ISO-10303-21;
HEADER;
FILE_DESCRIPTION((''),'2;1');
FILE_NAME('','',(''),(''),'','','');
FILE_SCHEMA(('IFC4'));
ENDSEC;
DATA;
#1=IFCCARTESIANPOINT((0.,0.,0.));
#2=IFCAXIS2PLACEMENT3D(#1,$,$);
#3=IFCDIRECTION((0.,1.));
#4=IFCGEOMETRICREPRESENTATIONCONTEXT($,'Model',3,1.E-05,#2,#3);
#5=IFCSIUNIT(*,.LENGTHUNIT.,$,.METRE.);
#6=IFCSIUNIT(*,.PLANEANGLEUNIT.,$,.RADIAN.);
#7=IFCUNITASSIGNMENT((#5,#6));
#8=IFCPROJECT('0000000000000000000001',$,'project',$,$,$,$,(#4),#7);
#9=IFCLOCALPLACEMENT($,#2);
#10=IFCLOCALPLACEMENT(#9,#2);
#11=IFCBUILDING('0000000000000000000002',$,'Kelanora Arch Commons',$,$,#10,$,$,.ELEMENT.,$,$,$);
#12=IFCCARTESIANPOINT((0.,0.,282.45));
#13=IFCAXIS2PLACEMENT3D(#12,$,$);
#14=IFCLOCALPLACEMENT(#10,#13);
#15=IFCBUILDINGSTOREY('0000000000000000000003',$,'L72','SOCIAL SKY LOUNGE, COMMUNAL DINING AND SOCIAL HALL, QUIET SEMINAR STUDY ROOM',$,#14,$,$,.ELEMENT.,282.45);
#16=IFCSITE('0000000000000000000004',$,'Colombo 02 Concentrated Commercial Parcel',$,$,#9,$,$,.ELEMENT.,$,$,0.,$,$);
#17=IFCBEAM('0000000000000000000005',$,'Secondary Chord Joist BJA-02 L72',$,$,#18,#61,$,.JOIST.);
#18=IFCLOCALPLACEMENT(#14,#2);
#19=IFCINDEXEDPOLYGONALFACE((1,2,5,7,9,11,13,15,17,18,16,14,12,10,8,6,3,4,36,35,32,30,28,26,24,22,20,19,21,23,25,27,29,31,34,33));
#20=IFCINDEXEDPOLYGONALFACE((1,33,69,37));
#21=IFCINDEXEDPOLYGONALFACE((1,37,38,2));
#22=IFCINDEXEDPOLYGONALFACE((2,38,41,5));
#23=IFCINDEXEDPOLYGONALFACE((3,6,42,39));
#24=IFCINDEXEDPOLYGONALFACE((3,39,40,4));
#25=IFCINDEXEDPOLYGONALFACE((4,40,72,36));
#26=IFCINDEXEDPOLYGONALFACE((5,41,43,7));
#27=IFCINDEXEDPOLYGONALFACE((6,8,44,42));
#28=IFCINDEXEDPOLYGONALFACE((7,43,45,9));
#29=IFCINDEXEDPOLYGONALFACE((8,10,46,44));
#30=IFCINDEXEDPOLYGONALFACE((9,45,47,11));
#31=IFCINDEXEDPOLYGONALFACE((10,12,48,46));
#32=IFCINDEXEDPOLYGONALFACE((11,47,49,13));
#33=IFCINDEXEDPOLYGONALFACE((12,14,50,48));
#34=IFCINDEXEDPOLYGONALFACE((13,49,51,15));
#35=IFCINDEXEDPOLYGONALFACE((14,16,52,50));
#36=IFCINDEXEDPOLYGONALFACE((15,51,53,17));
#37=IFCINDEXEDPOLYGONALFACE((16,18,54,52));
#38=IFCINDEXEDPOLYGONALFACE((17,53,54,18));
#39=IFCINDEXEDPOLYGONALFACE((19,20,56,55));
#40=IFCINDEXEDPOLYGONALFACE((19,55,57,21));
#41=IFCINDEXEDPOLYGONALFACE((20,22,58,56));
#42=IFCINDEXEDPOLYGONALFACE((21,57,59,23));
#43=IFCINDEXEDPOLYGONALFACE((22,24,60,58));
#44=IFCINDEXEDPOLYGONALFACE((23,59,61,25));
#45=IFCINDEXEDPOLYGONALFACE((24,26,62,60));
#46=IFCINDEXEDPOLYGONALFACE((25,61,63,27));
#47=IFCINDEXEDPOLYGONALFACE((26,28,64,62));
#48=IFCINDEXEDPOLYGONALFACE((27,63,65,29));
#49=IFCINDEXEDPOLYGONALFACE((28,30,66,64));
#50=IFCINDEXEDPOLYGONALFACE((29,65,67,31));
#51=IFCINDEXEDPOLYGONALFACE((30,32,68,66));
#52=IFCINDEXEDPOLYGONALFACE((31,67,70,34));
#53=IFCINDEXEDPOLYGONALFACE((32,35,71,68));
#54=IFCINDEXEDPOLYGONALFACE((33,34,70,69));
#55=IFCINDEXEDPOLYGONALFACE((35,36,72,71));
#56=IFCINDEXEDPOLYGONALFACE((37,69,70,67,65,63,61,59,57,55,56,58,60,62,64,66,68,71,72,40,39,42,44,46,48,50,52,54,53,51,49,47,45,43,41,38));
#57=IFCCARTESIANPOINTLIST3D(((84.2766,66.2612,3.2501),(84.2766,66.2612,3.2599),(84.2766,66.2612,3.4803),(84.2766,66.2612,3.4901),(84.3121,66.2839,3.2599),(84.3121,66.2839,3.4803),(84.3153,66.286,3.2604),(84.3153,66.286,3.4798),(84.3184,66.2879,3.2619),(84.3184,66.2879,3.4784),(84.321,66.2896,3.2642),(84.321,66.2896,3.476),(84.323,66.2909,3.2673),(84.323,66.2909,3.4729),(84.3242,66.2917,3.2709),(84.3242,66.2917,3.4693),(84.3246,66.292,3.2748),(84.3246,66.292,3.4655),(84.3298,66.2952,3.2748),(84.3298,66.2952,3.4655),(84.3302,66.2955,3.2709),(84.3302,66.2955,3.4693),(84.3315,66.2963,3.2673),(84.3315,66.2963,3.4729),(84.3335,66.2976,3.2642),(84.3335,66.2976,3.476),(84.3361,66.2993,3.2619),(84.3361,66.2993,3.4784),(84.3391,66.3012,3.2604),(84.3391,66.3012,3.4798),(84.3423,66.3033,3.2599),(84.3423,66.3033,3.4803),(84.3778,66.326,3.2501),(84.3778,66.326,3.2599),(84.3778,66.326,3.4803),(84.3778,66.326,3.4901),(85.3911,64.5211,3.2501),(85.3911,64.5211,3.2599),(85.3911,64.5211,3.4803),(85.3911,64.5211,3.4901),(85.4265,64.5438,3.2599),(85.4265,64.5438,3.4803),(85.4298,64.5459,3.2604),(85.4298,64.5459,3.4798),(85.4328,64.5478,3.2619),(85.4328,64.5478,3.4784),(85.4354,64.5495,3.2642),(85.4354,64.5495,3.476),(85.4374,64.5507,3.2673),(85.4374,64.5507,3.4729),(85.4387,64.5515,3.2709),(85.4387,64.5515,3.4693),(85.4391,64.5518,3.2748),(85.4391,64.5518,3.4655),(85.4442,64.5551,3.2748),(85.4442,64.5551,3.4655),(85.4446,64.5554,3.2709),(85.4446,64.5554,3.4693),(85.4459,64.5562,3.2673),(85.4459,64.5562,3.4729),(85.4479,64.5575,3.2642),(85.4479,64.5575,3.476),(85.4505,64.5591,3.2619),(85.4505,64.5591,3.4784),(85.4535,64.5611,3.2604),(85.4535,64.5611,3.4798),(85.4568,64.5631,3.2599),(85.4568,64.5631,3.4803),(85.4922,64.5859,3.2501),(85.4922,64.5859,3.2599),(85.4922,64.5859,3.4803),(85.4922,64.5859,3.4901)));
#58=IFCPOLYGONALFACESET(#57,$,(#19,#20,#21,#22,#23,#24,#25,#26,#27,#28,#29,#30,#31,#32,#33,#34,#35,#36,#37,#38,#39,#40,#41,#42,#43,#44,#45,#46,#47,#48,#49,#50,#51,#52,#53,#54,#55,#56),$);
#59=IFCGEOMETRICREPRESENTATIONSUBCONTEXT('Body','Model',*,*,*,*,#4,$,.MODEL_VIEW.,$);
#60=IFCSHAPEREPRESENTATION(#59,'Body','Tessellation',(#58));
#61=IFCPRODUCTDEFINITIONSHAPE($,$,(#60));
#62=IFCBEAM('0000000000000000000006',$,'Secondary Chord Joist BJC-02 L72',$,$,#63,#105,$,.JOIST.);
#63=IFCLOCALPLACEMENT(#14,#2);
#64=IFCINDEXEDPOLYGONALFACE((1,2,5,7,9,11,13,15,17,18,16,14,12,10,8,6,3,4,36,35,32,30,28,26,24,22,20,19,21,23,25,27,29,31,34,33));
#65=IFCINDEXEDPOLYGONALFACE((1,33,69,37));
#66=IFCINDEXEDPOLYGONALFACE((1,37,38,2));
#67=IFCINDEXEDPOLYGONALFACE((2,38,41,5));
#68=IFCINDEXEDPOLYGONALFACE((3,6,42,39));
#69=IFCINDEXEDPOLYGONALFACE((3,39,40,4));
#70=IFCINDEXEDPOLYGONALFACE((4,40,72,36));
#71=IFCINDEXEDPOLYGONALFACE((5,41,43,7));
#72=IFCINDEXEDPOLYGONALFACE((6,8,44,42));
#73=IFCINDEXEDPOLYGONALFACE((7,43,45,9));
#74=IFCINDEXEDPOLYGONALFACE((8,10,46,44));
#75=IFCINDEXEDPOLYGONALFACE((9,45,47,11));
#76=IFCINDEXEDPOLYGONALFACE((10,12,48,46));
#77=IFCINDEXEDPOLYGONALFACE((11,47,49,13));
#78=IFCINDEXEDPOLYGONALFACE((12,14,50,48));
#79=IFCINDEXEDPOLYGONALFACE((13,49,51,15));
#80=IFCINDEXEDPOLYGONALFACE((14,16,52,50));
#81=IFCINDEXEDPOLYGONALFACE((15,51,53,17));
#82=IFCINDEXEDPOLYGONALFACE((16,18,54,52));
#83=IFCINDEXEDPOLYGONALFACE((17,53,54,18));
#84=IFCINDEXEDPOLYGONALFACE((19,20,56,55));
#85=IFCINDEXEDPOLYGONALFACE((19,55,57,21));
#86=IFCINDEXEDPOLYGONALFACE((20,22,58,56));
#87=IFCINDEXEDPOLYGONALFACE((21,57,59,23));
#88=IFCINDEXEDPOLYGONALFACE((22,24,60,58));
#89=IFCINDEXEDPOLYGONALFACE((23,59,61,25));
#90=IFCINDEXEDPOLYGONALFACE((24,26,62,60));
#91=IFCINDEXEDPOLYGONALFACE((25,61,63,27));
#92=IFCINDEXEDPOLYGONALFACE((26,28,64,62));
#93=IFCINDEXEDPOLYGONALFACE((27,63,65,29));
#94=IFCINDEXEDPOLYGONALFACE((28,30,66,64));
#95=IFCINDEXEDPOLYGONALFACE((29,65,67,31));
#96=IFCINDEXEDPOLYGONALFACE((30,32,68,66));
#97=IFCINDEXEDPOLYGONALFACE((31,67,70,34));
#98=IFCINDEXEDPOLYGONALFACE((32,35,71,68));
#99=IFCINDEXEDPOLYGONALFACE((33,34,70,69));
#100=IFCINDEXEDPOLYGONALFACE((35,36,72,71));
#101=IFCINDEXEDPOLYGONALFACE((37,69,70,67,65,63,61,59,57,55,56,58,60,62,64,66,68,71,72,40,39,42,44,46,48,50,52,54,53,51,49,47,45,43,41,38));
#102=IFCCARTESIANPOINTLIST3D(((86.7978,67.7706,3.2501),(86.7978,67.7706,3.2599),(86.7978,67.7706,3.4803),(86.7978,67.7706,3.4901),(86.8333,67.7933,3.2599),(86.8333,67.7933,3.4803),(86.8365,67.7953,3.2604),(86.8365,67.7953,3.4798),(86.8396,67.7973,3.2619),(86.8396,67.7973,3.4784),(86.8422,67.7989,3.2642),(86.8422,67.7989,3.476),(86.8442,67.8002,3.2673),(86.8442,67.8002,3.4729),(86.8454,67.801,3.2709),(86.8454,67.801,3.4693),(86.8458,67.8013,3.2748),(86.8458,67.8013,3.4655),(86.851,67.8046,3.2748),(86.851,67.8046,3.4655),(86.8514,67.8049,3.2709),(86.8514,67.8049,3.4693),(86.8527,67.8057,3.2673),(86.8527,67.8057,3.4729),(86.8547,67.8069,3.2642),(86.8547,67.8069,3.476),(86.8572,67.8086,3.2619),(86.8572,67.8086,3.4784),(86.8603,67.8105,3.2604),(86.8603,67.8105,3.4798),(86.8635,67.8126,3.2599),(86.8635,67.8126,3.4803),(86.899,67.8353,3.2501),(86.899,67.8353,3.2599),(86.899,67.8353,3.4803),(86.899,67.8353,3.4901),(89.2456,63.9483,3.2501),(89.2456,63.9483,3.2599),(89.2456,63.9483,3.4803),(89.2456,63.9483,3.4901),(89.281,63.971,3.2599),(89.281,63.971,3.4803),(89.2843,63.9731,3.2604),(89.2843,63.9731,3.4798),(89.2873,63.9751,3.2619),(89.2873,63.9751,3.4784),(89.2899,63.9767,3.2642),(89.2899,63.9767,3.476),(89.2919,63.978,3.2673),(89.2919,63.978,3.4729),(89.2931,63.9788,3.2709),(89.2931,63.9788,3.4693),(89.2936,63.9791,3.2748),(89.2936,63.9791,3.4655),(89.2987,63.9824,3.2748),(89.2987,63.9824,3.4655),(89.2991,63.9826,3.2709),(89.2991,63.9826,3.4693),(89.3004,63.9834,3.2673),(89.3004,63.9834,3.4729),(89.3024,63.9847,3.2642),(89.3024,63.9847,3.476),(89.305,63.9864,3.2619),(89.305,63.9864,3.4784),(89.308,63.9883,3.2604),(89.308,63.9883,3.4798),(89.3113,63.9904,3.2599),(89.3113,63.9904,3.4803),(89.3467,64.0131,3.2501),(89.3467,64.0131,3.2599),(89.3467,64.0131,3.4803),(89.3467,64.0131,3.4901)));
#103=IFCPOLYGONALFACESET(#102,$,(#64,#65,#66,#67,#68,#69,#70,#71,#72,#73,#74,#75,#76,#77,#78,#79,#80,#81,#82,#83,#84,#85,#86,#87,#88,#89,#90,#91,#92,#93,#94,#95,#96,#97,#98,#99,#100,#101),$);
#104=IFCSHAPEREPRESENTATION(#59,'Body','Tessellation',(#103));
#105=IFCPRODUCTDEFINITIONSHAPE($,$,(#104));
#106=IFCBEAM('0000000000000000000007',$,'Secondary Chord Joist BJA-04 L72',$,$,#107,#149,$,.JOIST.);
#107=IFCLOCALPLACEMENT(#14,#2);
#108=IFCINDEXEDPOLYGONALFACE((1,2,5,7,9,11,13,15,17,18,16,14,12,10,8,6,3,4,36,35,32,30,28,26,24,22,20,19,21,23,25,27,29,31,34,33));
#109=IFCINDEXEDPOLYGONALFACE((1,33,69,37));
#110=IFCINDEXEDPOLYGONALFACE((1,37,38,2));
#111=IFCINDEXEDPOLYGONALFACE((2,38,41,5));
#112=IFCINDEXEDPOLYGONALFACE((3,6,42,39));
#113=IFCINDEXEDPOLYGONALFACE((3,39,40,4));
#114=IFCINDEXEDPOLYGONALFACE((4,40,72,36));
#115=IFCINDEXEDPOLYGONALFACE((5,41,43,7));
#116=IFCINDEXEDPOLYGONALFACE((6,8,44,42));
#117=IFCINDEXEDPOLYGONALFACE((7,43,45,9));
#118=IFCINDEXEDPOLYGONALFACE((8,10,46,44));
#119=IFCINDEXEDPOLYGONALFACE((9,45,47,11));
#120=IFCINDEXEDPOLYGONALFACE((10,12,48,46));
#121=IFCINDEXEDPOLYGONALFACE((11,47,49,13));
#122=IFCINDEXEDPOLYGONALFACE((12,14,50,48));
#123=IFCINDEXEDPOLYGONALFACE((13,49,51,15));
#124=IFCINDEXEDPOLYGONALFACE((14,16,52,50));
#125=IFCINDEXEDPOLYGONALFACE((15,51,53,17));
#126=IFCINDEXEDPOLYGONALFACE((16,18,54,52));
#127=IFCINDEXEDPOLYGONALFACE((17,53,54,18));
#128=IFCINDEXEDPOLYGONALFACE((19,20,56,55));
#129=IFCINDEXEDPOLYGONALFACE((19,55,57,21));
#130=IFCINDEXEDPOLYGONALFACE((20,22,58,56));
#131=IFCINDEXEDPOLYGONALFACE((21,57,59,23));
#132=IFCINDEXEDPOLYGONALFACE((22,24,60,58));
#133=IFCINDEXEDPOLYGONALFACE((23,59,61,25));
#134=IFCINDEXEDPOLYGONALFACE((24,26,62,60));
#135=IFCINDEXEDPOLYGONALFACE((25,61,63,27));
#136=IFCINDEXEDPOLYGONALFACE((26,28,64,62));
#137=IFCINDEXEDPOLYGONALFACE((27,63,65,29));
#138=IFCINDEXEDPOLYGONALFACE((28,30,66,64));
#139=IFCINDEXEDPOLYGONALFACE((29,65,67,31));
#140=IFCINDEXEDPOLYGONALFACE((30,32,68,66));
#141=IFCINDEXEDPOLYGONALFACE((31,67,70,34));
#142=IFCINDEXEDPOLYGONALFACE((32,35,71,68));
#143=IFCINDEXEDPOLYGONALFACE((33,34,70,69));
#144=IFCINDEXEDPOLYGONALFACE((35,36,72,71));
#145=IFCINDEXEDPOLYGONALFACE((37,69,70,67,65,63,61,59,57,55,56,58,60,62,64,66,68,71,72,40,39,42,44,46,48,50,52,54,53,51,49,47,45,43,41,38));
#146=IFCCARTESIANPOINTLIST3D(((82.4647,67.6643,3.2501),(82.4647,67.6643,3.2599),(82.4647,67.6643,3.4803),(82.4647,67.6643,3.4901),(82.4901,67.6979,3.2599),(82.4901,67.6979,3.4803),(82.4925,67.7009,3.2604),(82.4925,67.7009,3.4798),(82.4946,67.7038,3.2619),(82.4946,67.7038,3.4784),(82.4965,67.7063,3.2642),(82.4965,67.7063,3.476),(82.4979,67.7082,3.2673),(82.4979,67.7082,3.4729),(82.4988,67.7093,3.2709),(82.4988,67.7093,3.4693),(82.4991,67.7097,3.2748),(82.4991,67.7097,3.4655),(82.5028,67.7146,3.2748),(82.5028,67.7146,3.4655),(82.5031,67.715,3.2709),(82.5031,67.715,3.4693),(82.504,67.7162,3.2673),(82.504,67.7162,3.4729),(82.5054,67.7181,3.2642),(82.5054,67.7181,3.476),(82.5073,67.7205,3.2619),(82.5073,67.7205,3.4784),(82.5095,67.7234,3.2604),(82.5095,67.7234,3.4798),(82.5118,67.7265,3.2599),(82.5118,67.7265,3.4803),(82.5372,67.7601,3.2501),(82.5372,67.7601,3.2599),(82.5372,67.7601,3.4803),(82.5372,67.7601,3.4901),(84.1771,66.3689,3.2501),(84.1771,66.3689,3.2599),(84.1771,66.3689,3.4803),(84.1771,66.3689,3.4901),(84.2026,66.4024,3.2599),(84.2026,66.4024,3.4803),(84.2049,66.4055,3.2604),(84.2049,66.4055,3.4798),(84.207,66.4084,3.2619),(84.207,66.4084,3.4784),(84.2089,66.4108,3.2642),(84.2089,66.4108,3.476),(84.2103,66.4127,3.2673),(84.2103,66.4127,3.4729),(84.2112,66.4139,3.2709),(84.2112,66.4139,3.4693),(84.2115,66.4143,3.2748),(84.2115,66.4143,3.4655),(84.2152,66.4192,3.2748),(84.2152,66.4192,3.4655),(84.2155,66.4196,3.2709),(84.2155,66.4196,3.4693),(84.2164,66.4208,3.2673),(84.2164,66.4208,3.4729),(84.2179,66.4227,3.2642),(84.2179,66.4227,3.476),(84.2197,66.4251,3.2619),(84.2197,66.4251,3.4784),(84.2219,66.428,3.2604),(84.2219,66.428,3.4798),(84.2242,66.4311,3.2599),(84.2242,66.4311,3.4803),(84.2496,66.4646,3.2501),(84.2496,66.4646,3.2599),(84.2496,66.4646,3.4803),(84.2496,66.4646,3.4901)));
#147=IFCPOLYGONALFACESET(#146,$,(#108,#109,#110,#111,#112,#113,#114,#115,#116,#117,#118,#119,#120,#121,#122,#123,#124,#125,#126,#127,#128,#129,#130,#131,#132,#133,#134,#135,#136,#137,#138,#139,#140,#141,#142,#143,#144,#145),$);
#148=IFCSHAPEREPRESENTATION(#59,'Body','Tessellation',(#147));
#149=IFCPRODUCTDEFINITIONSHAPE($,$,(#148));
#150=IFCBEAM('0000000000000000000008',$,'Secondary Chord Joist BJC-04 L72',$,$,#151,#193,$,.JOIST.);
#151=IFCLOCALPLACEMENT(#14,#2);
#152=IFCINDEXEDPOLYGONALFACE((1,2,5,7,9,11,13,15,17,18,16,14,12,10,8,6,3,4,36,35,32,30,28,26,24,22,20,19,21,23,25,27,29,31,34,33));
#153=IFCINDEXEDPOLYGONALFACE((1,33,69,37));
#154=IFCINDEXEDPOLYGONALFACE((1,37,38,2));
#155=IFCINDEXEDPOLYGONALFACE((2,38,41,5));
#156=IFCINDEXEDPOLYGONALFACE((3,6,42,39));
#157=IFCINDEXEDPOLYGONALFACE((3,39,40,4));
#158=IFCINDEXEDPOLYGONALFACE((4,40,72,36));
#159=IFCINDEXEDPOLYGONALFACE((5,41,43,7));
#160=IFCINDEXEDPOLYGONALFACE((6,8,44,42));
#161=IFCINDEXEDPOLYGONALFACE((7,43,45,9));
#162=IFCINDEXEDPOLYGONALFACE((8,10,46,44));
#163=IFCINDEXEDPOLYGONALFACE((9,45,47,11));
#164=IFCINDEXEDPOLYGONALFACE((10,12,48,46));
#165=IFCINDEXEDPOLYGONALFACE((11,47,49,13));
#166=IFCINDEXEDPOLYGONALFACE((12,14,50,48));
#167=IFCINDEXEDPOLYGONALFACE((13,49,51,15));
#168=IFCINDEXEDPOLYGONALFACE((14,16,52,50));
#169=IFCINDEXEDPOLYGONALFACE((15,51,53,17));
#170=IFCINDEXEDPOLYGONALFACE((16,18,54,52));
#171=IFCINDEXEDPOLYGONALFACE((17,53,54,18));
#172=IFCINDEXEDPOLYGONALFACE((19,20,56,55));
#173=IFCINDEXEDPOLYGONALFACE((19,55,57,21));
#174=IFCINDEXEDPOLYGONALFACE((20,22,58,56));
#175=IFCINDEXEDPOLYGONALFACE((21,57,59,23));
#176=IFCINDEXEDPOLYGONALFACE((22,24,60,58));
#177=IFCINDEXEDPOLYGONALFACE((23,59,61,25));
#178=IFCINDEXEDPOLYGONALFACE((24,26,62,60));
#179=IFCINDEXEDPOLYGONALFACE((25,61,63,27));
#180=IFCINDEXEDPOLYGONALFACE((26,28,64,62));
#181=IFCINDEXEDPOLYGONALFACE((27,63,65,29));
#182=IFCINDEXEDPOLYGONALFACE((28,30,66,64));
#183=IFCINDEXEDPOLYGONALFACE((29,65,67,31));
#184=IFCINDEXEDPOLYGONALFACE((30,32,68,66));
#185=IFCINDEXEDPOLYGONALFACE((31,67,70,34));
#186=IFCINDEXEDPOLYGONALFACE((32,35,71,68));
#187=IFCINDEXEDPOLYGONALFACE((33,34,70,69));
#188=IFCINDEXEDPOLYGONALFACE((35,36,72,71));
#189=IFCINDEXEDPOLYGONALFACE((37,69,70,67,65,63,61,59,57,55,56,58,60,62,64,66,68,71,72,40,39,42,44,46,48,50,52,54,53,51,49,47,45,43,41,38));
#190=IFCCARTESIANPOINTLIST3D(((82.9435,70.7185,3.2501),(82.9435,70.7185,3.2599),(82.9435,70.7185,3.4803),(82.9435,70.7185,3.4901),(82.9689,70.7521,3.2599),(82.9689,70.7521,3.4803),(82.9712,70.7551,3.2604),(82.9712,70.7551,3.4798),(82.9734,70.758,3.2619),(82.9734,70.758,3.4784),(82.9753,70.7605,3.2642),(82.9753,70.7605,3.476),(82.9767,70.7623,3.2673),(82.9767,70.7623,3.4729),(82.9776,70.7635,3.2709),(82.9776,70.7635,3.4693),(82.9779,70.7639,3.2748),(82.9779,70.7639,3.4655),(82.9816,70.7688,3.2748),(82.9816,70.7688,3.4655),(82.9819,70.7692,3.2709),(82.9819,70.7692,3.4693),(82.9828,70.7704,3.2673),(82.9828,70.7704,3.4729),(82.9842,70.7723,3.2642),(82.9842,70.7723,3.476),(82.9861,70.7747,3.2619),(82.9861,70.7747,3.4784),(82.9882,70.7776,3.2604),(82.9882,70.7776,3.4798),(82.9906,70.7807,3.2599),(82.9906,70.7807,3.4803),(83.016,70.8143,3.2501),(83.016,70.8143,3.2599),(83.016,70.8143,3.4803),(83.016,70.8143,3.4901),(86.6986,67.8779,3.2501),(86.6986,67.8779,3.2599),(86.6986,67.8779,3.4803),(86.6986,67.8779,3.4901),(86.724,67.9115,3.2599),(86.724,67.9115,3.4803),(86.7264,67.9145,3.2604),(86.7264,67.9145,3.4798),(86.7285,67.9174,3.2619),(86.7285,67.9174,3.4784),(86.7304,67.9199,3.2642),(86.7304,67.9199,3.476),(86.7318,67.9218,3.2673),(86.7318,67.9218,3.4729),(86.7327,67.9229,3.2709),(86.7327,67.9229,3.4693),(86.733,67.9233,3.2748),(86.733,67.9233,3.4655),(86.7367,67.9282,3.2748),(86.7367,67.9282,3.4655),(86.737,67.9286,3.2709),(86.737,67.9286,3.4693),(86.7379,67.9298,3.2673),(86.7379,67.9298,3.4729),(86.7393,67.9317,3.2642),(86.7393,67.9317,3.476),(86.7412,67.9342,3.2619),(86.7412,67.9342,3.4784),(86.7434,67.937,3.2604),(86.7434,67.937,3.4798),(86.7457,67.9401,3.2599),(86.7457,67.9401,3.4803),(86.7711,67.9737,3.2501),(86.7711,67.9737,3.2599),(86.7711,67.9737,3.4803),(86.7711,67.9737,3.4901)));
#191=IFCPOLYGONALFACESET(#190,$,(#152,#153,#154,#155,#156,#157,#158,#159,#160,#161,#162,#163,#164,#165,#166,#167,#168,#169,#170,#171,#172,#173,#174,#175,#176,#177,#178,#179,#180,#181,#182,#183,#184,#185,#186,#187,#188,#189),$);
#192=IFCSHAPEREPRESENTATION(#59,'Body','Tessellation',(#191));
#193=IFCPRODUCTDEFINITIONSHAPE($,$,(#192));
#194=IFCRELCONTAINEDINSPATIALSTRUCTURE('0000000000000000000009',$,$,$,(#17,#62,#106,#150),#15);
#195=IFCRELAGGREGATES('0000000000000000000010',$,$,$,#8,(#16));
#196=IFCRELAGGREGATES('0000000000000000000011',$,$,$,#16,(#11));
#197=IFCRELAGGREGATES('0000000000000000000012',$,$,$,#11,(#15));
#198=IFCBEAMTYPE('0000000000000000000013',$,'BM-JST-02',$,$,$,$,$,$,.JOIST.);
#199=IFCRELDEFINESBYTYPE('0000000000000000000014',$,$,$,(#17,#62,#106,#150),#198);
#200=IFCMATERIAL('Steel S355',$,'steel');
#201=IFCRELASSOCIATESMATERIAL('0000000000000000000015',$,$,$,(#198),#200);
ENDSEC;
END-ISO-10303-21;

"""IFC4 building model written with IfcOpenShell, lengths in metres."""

from ifc_helpers import new_model, si_unit, direction, frame, origin, origin_2d, place, context, subcontext, project, spatial, i_section, extrude, material, material_profile, profile_set, type_object, element, save


model = new_model("IFC4")

# Units and contexts
model_context = context("Model", 3, precision=1e-05, world=origin(), true_north=direction((0.0, 1.0)))
body_context = subcontext(model_context, "Body", "Model", "MODEL_VIEW")
ifc_project = project(units=[si_unit("LENGTHUNIT", "METRE"), si_unit("PLANEANGLEUNIT", "RADIAN")], contexts=[model_context])

# Site, building, storey
site_placement = place(None, origin())
site = spatial("IfcSite", under=ifc_project, at=site_placement, Name="Colombo 02 Concentrated Commercial Parcel", CompositionType="ELEMENT", RefElevation=0.0)
building_placement = place(site_placement, origin())
building = spatial("IfcBuilding", under=site, at=building_placement, Name="Kelanora Arch Commons", CompositionType="ELEMENT")
storey_placement = place(building_placement, frame((0.0, 0.0, 282.45)))
storey = spatial("IfcBuildingStorey", under=building, at=storey_placement, Name="L72", Description="SOCIAL SKY LOUNGE, COMMUNAL DINING AND SOCIAL HALL, QUIET SEMINAR STUDY ROOM", CompositionType="ELEMENT", Elevation=282.45)

# Beams
ifc_material_1 = material(Name="Steel S355", Category="steel")
ifc_material_profile_1 = material_profile(ifc_material_1, i_section(OverallWidth=0.1201, OverallDepth=0.24, WebThickness=0.0061, FlangeThickness=0.0098, FilletRadius=0.0149, at=origin_2d()), Name="IPE240")
ifc_profile_set_1 = profile_set([ifc_material_profile_1], Name="Steel S355")
beam_type_1 = type_object("IfcBeamType", Name="BM-JST-02", PredefinedType="JOIST", material=ifc_profile_set_1)
beam_1_placement = place(storey_placement, frame((85.4417, 64.5535, 3.3701), z_axis=(-0.539312, 0.842106, 0.0), x_axis=(-0.842106, -0.539312, 0.0)))
element("IfcBeam", 1, at=beam_1_placement, inside=storey, type_object=beam_type_1, Name="Secondary Chord Joist BJA-02 L72", PredefinedType="JOIST", context=body_context, shape_type="SweptSolid", body=[
    extrude(i_section(OverallWidth=0.1201, OverallDepth=0.24, WebThickness=0.0061, FlangeThickness=0.0098, FilletRadius=0.0149, at=origin_2d()), origin(), (0.0, 0.0, 1.0), 2.0664),
])
beam_2_placement = place(storey_placement, frame((89.2961, 63.9807, 3.3701), z_axis=(-0.539289, 0.842121, 0.0), x_axis=(-0.842121, -0.539289, 0.0)))
element("IfcBeam", 2, at=beam_2_placement, inside=storey, type_object=beam_type_1, Name="Secondary Chord Joist BJC-02 L72", PredefinedType="JOIST", context=body_context, shape_type="SweptSolid", body=[
    extrude(i_section(OverallWidth=0.1201, OverallDepth=0.24, WebThickness=0.0061, FlangeThickness=0.0098, FilletRadius=0.0149, at=origin_2d()), origin(), (0.0, 0.0, 1.0), 4.5388),
])
beam_3_placement = place(storey_placement, frame((84.2134, 66.4167, 3.3701), z_axis=(-0.79751, 0.603306, 0.0), x_axis=(-0.603306, -0.79751, 0.0)))
element("IfcBeam", 3, at=beam_3_placement, inside=storey, type_object=beam_type_1, Name="Secondary Chord Joist BJA-04 L72", PredefinedType="JOIST", context=body_context, shape_type="SweptSolid", body=[
    extrude(i_section(OverallWidth=0.1201, OverallDepth=0.24, WebThickness=0.0061, FlangeThickness=0.0098, FilletRadius=0.0149, at=origin_2d()), origin(), (0.0, 0.0, 1.0), 2.1472),
])
beam_4_placement = place(storey_placement, frame((86.7349, 67.9258, 3.3701), z_axis=(-0.797523, 0.603289, 0.0), x_axis=(-0.603289, -0.797523, 0.0)))
element("IfcBeam", 4, at=beam_4_placement, inside=storey, type_object=beam_type_1, Name="Secondary Chord Joist BJC-04 L72", PredefinedType="JOIST", context=body_context, shape_type="SweptSolid", body=[
    extrude(i_section(OverallWidth=0.1201, OverallDepth=0.24, WebThickness=0.0061, FlangeThickness=0.0098, FilletRadius=0.0149, at=origin_2d()), origin(), (0.0, 0.0, 1.0), 4.7085),
])

save(model, "model.ifc")
